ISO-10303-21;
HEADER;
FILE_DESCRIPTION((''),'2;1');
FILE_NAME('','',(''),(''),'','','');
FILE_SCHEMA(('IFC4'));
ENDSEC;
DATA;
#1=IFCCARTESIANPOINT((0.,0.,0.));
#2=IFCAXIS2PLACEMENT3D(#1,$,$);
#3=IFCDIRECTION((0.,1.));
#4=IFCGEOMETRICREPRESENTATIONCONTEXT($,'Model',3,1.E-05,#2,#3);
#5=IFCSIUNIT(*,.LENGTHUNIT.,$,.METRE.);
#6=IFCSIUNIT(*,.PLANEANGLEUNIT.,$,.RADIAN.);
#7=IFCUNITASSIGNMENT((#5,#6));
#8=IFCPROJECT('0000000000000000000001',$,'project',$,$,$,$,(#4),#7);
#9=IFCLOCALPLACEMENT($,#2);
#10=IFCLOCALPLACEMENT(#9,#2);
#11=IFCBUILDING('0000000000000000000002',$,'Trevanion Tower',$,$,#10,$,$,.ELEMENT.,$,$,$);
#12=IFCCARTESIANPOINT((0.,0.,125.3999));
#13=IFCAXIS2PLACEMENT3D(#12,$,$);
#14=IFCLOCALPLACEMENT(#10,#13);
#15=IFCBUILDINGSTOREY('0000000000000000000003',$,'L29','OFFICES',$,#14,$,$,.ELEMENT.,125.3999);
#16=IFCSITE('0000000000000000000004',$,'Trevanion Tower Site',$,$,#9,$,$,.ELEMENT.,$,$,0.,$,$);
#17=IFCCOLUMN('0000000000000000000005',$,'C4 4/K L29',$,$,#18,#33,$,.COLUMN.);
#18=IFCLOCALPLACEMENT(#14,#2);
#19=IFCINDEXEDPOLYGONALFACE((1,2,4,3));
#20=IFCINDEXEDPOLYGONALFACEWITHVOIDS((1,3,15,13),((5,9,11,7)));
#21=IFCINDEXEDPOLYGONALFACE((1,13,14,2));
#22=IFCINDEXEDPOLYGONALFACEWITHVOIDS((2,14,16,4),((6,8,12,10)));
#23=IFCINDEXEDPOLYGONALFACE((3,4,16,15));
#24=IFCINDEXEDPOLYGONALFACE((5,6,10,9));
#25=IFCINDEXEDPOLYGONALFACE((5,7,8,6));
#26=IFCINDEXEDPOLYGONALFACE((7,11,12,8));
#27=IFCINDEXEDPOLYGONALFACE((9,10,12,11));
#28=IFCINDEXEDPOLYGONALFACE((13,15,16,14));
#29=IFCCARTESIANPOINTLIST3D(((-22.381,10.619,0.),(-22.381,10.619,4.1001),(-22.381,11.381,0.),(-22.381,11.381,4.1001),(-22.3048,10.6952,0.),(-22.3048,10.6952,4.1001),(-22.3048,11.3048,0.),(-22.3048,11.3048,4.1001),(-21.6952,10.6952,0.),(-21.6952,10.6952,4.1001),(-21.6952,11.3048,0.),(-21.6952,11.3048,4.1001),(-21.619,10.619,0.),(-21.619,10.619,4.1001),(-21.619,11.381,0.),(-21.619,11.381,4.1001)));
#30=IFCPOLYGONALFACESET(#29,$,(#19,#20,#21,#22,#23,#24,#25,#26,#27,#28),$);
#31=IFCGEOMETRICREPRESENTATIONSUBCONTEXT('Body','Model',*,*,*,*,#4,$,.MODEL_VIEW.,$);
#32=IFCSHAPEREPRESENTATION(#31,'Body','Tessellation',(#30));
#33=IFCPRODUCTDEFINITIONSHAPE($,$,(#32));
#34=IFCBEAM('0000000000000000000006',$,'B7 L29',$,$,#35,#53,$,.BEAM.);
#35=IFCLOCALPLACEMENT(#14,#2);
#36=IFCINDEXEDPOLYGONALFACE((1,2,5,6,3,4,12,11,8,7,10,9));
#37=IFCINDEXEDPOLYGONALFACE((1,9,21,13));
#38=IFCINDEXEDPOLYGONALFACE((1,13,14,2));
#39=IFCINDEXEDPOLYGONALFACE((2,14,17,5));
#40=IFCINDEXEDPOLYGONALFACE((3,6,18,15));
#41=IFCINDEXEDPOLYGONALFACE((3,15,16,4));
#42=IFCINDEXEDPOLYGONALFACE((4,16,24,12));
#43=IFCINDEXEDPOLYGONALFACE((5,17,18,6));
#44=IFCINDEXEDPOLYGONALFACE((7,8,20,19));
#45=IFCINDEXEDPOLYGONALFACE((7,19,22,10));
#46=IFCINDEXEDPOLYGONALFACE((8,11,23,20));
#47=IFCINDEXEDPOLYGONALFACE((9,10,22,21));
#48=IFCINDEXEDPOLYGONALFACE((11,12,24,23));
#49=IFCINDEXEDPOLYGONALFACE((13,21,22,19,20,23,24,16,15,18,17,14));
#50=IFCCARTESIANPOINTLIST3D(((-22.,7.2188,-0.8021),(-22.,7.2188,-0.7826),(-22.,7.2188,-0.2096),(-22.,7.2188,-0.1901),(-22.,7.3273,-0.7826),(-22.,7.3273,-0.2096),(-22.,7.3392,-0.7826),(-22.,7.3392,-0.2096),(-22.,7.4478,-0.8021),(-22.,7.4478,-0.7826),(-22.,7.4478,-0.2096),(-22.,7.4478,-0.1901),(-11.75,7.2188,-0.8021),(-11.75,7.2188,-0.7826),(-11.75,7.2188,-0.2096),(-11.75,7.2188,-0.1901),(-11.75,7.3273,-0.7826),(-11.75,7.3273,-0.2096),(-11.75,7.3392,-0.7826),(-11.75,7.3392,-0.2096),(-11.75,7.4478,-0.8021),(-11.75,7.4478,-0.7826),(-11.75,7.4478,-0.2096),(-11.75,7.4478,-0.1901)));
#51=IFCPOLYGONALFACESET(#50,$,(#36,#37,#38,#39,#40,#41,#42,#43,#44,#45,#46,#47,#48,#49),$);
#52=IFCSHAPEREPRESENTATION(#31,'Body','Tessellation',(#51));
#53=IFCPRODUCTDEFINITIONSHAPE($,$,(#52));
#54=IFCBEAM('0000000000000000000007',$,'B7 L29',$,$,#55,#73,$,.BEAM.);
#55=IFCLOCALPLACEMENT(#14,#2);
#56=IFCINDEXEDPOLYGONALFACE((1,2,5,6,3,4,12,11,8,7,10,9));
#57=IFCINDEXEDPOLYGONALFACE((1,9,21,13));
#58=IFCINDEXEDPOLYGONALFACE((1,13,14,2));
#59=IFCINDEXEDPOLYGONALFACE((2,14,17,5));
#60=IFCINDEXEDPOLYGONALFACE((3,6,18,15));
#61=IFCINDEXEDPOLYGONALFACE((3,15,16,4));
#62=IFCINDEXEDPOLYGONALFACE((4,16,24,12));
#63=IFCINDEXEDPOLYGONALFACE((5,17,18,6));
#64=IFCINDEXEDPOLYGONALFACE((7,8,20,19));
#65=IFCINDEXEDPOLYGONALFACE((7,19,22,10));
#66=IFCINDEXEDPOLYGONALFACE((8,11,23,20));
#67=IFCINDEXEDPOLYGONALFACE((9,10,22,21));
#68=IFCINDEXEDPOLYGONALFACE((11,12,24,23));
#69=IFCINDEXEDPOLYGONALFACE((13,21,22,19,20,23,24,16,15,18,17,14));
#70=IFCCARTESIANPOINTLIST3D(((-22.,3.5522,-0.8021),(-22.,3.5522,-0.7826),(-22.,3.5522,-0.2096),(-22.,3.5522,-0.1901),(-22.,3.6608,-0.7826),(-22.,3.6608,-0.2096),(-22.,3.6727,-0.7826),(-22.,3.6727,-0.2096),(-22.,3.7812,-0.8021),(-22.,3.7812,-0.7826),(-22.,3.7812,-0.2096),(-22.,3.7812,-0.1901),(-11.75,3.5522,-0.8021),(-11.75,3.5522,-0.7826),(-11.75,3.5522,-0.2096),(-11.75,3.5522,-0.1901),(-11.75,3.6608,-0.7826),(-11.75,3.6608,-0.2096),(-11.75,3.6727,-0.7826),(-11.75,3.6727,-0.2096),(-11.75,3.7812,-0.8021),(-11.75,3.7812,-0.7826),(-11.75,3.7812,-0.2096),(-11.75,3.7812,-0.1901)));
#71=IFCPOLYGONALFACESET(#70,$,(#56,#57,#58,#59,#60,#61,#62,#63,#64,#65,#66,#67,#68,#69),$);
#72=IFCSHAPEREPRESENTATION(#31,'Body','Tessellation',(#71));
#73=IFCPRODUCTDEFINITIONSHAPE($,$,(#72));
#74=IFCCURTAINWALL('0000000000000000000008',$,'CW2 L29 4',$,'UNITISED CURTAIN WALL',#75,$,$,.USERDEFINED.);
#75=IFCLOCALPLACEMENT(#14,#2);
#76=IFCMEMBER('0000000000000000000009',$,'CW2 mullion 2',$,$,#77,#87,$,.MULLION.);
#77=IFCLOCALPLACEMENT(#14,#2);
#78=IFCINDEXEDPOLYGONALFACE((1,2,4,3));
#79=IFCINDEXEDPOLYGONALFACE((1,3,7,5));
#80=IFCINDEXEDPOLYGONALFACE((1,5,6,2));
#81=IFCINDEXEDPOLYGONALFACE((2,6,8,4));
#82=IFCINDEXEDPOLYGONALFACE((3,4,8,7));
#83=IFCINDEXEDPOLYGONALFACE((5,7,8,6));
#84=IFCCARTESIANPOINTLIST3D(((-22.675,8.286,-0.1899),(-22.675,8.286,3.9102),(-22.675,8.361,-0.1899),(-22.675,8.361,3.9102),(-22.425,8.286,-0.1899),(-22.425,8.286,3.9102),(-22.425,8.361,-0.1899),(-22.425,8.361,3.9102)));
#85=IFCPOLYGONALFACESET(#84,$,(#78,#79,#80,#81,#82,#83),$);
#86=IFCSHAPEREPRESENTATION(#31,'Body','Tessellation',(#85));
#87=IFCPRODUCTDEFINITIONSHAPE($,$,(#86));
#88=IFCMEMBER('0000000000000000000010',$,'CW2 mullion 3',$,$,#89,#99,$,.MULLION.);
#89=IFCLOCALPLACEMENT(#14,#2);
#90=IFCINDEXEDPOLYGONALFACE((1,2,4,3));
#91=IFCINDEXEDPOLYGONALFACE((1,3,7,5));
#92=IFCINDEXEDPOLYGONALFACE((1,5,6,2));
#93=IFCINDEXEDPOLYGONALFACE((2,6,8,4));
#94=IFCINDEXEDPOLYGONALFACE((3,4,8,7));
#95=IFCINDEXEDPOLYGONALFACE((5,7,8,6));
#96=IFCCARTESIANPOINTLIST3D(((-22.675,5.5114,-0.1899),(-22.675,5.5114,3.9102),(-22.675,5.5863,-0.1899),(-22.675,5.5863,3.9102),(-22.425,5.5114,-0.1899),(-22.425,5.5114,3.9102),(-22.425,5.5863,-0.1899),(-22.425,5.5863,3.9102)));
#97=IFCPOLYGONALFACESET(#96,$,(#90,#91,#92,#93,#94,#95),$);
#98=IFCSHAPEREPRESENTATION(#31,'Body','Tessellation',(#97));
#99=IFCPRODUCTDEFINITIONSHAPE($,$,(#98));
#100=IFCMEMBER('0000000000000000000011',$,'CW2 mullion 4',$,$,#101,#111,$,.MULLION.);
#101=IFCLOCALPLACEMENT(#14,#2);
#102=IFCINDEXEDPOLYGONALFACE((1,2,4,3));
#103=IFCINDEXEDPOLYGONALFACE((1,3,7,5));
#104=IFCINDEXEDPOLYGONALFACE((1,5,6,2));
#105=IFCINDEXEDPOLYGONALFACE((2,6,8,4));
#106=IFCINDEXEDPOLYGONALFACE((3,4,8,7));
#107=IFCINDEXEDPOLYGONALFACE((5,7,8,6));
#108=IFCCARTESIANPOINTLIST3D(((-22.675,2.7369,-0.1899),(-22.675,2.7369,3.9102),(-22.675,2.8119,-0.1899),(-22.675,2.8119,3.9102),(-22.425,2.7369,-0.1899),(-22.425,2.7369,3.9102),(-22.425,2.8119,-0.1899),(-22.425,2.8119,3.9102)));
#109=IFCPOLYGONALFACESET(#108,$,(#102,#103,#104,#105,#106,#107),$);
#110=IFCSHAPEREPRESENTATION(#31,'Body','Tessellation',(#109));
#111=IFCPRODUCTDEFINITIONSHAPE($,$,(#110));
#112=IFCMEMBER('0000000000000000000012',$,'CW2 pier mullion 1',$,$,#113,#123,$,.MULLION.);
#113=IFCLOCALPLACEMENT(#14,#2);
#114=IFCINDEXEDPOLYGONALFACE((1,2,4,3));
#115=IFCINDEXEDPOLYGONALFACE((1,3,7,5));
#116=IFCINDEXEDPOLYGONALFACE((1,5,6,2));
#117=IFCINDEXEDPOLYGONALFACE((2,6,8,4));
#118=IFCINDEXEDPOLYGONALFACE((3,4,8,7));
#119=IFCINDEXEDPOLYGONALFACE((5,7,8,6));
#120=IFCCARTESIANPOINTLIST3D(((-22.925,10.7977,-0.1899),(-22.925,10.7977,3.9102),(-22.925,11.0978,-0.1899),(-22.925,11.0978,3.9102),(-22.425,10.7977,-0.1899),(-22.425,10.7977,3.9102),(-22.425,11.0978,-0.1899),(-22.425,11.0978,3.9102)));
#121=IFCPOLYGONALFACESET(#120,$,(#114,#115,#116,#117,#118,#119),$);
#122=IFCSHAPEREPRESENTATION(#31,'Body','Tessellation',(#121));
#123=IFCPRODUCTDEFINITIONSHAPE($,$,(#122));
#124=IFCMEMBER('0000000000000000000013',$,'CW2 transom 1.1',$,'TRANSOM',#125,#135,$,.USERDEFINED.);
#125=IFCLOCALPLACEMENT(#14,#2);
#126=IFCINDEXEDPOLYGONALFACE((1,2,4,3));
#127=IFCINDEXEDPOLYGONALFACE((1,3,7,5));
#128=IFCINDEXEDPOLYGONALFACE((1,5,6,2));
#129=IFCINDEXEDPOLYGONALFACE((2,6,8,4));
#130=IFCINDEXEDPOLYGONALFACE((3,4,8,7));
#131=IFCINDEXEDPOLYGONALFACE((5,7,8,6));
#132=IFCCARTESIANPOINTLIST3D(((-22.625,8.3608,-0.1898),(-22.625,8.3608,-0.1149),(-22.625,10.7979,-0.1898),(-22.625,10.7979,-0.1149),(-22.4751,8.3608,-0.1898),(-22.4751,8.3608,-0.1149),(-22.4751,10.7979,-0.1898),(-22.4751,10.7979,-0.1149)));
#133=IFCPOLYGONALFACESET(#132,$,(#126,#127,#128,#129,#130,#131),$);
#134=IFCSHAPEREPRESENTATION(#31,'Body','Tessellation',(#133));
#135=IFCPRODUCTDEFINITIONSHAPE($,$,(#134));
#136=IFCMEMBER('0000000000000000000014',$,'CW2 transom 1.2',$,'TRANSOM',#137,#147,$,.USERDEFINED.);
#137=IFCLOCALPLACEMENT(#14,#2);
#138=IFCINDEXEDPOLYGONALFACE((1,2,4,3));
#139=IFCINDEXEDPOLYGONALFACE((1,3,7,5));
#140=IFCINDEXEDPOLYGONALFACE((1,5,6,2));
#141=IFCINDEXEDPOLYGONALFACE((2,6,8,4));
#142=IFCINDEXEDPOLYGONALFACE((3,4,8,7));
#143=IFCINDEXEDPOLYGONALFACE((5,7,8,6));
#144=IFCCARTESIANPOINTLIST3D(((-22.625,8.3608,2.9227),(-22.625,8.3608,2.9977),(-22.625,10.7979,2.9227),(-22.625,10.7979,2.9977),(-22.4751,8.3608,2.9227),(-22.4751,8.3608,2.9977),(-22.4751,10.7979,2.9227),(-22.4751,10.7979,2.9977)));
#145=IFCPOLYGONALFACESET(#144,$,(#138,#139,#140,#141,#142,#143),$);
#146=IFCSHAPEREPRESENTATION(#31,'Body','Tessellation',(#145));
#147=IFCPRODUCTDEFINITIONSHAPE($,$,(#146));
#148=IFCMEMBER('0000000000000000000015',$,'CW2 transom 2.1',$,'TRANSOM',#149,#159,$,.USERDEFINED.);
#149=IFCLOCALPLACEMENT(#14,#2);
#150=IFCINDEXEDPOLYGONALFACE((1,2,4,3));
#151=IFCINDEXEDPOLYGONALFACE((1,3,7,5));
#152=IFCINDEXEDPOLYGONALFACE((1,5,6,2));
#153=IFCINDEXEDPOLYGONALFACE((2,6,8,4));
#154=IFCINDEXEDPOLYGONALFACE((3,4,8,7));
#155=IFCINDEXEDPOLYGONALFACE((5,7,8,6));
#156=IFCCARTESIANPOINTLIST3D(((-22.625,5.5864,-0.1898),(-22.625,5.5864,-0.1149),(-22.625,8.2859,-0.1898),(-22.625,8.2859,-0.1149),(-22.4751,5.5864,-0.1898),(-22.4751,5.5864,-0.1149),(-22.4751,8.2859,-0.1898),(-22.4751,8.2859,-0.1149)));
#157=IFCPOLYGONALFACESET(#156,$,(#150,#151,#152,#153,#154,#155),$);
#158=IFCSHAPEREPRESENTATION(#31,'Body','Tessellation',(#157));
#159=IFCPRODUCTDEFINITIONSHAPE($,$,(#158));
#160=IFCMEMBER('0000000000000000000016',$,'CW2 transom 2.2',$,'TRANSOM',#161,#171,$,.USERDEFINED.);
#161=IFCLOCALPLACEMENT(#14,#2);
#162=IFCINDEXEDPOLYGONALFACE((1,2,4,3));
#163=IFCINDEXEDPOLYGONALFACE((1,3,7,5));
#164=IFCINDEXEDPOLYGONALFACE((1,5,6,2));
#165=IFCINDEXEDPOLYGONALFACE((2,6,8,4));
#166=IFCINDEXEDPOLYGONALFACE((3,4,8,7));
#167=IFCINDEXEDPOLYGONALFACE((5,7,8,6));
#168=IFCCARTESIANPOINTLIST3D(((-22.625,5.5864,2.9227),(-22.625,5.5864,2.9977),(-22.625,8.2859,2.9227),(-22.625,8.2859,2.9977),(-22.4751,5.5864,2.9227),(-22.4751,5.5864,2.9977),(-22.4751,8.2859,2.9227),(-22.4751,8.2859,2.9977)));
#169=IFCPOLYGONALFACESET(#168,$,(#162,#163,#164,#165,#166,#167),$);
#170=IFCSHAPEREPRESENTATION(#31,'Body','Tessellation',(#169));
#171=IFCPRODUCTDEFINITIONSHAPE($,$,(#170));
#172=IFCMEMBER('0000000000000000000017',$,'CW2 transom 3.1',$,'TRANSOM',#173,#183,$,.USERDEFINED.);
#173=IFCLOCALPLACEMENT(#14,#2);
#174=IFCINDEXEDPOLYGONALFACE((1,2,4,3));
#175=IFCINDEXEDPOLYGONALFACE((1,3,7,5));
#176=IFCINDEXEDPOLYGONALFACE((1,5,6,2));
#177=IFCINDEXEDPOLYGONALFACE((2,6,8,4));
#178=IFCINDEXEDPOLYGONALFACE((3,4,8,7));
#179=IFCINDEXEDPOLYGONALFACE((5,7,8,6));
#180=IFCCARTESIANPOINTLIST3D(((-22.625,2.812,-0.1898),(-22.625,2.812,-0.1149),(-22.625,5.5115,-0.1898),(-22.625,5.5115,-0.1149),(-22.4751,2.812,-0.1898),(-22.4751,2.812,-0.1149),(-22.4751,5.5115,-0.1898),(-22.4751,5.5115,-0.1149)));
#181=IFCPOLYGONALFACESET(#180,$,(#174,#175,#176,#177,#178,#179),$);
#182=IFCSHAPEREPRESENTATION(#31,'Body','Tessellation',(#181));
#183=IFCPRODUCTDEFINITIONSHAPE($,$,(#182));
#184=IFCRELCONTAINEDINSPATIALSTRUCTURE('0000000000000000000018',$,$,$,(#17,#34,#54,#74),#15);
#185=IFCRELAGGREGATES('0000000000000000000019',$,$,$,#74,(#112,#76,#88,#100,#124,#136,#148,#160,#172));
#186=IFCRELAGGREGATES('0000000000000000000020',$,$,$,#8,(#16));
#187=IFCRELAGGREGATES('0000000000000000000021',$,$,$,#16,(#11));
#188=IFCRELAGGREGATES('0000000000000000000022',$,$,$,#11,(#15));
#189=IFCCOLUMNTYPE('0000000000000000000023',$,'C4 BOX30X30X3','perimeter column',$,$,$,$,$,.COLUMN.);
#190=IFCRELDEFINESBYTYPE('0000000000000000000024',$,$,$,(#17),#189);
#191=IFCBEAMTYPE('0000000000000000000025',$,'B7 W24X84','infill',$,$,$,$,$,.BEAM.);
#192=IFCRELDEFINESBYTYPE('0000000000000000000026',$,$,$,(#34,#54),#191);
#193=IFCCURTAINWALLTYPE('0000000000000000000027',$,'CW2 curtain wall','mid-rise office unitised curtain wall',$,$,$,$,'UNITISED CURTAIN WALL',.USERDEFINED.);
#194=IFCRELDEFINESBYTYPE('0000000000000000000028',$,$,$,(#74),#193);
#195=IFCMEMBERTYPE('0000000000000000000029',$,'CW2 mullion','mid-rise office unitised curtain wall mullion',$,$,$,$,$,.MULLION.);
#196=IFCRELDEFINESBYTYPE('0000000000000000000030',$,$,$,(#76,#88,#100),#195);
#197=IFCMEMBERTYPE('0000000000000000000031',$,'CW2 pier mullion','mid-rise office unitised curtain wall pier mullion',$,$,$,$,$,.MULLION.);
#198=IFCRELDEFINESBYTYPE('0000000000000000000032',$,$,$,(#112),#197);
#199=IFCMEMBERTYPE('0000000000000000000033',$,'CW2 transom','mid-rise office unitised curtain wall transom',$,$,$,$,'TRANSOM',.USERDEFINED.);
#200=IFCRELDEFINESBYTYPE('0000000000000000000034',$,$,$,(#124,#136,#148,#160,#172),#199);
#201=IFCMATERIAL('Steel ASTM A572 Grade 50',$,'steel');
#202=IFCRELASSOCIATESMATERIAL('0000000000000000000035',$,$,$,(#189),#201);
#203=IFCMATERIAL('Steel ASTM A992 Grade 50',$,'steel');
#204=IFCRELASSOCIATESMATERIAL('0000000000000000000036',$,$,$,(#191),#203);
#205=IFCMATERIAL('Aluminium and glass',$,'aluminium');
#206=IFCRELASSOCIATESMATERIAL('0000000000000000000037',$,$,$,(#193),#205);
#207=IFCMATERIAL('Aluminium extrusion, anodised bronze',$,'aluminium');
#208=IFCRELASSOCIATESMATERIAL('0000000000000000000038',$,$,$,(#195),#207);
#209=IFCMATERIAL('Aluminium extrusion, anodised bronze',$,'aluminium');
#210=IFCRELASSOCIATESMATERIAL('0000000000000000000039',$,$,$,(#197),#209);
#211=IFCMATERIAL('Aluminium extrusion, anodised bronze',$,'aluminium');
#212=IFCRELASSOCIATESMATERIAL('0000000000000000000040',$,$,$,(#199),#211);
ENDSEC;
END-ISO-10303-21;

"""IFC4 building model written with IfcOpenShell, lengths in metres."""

from ifc_helpers import new_model, si_unit, direction, frame, origin, origin_2d, place, context, subcontext, project, spatial, rectangle, hollow_rectangle, i_section, extrude, material, material_profile, profile_set, type_object, element, aggregate, save


model = new_model("IFC4")

# Units and contexts
model_context = context("Model", 3, precision=1e-05, world=origin(), true_north=direction((0.0, 1.0)))
body_context = subcontext(model_context, "Body", "Model", "MODEL_VIEW")
ifc_project = project(units=[si_unit("LENGTHUNIT", "METRE"), si_unit("PLANEANGLEUNIT", "RADIAN")], contexts=[model_context])

# Site, building, storey
site_placement = place(None, origin())
site = spatial("IfcSite", under=ifc_project, at=site_placement, Name="Trevanion Tower Site", CompositionType="ELEMENT", RefElevation=0.0)
building_placement = place(site_placement, origin())
building = spatial("IfcBuilding", under=site, at=building_placement, Name="Trevanion Tower", CompositionType="ELEMENT")
storey_placement = place(building_placement, frame((0.0, 0.0, 125.3999)))
storey = spatial("IfcBuildingStorey", under=building, at=storey_placement, Name="L29", Description="OFFICES", CompositionType="ELEMENT", Elevation=125.3999)

# Column
ifc_material_1 = material(Name="Steel ASTM A572 Grade 50", Category="steel")
ifc_material_profile_1 = material_profile(ifc_material_1, hollow_rectangle(XDim=0.762, YDim=0.762, WallThickness=0.0762, at=origin_2d()), Name="BOX30X30X3")
ifc_profile_set_1 = profile_set([ifc_material_profile_1], Name="Steel ASTM A572 Grade 50")
column_type = type_object("IfcColumnType", Name="C4 BOX30X30X3", Description="perimeter column", PredefinedType="COLUMN", material=ifc_profile_set_1)
column_placement = place(storey_placement, frame((-22.0, 11.0, 0.0), z_axis=(0.0, 0.0, 1.0), x_axis=(0.0, 1.0, 0.0)))
element("IfcColumn", 1, at=column_placement, inside=storey, type_object=column_type, Name="C4 4/K L29", PredefinedType="COLUMN", context=body_context, shape_type="SweptSolid", body=[
    extrude(hollow_rectangle(XDim=0.762, YDim=0.762, WallThickness=0.0762, at=origin_2d()), origin(), (0.0, 0.0, 1.0), 4.1001),
])

# Beams
ifc_material_2 = material(Name="Steel ASTM A992 Grade 50", Category="steel")
ifc_material_profile_2 = material_profile(ifc_material_2, i_section(OverallWidth=0.229, OverallDepth=0.6121, WebThickness=0.012, FlangeThickness=0.0195, at=origin_2d()), Name="W24X84")
ifc_profile_set_2 = profile_set([ifc_material_profile_2], Name="Steel ASTM A992 Grade 50")
beam_type_1 = type_object("IfcBeamType", Name="B7 W24X84", Description="infill", PredefinedType="BEAM", material=ifc_profile_set_2)
for number, where, z_axis, x_axis, name in (
    (2, (-11.75, 7.3333, -0.4961), (-1.0, 0.0, 0.0), (0.0, -1.0, 0.0), "B7 L29"),
    (3, (-11.75, 3.6667, -0.4961), (-1.0, 0.0, 0.0), (0.0, -1.0, 0.0), "B7 L29"),
):
    element("IfcBeam", number, at=place(storey_placement, frame(where, z_axis=z_axis, x_axis=x_axis)), inside=storey, type_object=beam_type_1, Name=name, PredefinedType="BEAM", context=body_context, shape_type="SweptSolid", body=[
        extrude(i_section(OverallWidth=0.229, OverallDepth=0.6121, WebThickness=0.012, FlangeThickness=0.0195, at=origin_2d()), origin(), (0.0, 0.0, 1.0), 10.25),
    ])

# Curtain wall, members
ifc_material_3 = material(Name="Aluminium and glass", Category="aluminium")
curtain_wall_type = type_object("IfcCurtainWallType", Name="CW2 curtain wall", Description="mid-rise office unitised curtain wall", ElementType="UNITISED CURTAIN WALL", PredefinedType="USERDEFINED", material=ifc_material_3)
curtain_wall_placement = place(storey_placement, origin())
curtain_wall = element("IfcCurtainWall", 4, at=curtain_wall_placement, inside=storey, type_object=curtain_wall_type, Name="CW2 L29 4", ObjectType="UNITISED CURTAIN WALL", PredefinedType="USERDEFINED")
ifc_material_4 = material(Name="Aluminium extrusion, anodised bronze", Category="aluminium")
ifc_material_profile_3 = material_profile(ifc_material_4, rectangle(XDim=0.075, YDim=0.25, at=origin_2d()), Name="CW2 mullion")
ifc_profile_set_3 = profile_set([ifc_material_profile_3], Name="Aluminium extrusion, anodised bronze")
member_type_1 = type_object("IfcMemberType", Name="CW2 mullion", Description="mid-rise office unitised curtain wall mullion", PredefinedType="MULLION", material=ifc_profile_set_3)
member_1_placement = place(storey_placement, frame((-22.55, 8.3235, -0.1899), z_axis=(0.0, 0.0, 1.0), x_axis=(0.0, -1.0, 0.0)))
member_1 = element("IfcMember", 5, at=member_1_placement, type_object=member_type_1, Name="CW2 mullion 2", PredefinedType="MULLION", context=body_context, shape_type="SweptSolid", body=[
    extrude(rectangle(XDim=0.075, YDim=0.25, at=origin_2d()), origin(), (0.0, 0.0, 1.0), 4.1001),
])
member_2_placement = place(storey_placement, frame((-22.55, 5.5488, -0.1899), z_axis=(0.0, 0.0, 1.0), x_axis=(0.0, -1.0, 0.0)))
member_2 = element("IfcMember", 6, at=member_2_placement, type_object=member_type_1, Name="CW2 mullion 3", PredefinedType="MULLION", context=body_context, shape_type="SweptSolid", body=[
    extrude(rectangle(XDim=0.075, YDim=0.25, at=origin_2d()), origin(), (0.0, 0.0, 1.0), 4.1001),
])
member_3_placement = place(storey_placement, frame((-22.55, 2.7744, -0.1899), z_axis=(0.0, 0.0, 1.0), x_axis=(0.0, -1.0, 0.0)))
member_3 = element("IfcMember", 7, at=member_3_placement, type_object=member_type_1, Name="CW2 mullion 4", PredefinedType="MULLION", context=body_context, shape_type="SweptSolid", body=[
    extrude(rectangle(XDim=0.075, YDim=0.25, at=origin_2d()), origin(), (0.0, 0.0, 1.0), 4.1001),
])
ifc_material_5 = material(Name="Aluminium extrusion, anodised bronze", Category="aluminium")
ifc_material_profile_4 = material_profile(ifc_material_5, rectangle(XDim=0.3, YDim=0.5, at=origin_2d()), Name="CW2 pier mullion")
ifc_profile_set_4 = profile_set([ifc_material_profile_4], Name="Aluminium extrusion, anodised bronze")
member_type_2 = type_object("IfcMemberType", Name="CW2 pier mullion", Description="mid-rise office unitised curtain wall pier mullion", PredefinedType="MULLION", material=ifc_profile_set_4)
member_4_placement = place(storey_placement, frame((-22.675, 10.9478, -0.1899), z_axis=(0.0, 0.0, 1.0), x_axis=(0.0, -1.0, 0.0)))
member_4 = element("IfcMember", 8, at=member_4_placement, type_object=member_type_2, Name="CW2 pier mullion 1", PredefinedType="MULLION", context=body_context, shape_type="SweptSolid", body=[
    extrude(rectangle(XDim=0.3, YDim=0.5, at=origin_2d()), origin(), (0.0, 0.0, 1.0), 4.1001),
])
ifc_material_6 = material(Name="Aluminium extrusion, anodised bronze", Category="aluminium")
ifc_material_profile_5 = material_profile(ifc_material_6, rectangle(XDim=0.1499, YDim=0.075, at=origin_2d()), Name="CW2 transom")
ifc_profile_set_5 = profile_set([ifc_material_profile_5], Name="Aluminium extrusion, anodised bronze")
member_type_3 = type_object("IfcMemberType", Name="CW2 transom", Description="mid-rise office unitised curtain wall transom", ElementType="TRANSOM", PredefinedType="USERDEFINED", material=ifc_profile_set_5)
member_5_placement = place(storey_placement, frame((-22.55, 10.7979, -0.1523), z_axis=(0.0, -1.0, 0.0), x_axis=(1.0, 0.0, 0.0)))
member_5 = element("IfcMember", 9, at=member_5_placement, type_object=member_type_3, Name="CW2 transom 1.1", ObjectType="TRANSOM", PredefinedType="USERDEFINED", context=body_context, shape_type="SweptSolid", body=[
    extrude(rectangle(XDim=0.1499, YDim=0.075, at=origin_2d()), origin(), (0.0, 0.0, 1.0), 2.437),
])
member_6_placement = place(storey_placement, frame((-22.55, 10.7979, 2.9602), z_axis=(0.0, -1.0, 0.0), x_axis=(1.0, 0.0, 0.0)))
member_6 = element("IfcMember", 10, at=member_6_placement, type_object=member_type_3, Name="CW2 transom 1.2", ObjectType="TRANSOM", PredefinedType="USERDEFINED", context=body_context, shape_type="SweptSolid", body=[
    extrude(rectangle(XDim=0.1499, YDim=0.075, at=origin_2d()), origin(), (0.0, 0.0, 1.0), 2.437),
])
member_7_placement = place(storey_placement, frame((-22.55, 8.2859, -0.1523), z_axis=(0.0, -1.0, 0.0), x_axis=(1.0, 0.0, 0.0)))
member_7 = element("IfcMember", 11, at=member_7_placement, type_object=member_type_3, Name="CW2 transom 2.1", ObjectType="TRANSOM", PredefinedType="USERDEFINED", context=body_context, shape_type="SweptSolid", body=[
    extrude(rectangle(XDim=0.1499, YDim=0.075, at=origin_2d()), origin(), (0.0, 0.0, 1.0), 2.6995),
])
member_8_placement = place(storey_placement, frame((-22.55, 8.2859, 2.9602), z_axis=(0.0, -1.0, 0.0), x_axis=(1.0, 0.0, 0.0)))
member_8 = element("IfcMember", 12, at=member_8_placement, type_object=member_type_3, Name="CW2 transom 2.2", ObjectType="TRANSOM", PredefinedType="USERDEFINED", context=body_context, shape_type="SweptSolid", body=[
    extrude(rectangle(XDim=0.1499, YDim=0.075, at=origin_2d()), origin(), (0.0, 0.0, 1.0), 2.6995),
])
member_9_placement = place(storey_placement, frame((-22.55, 5.5115, -0.1523), z_axis=(0.0, -1.0, 0.0), x_axis=(1.0, 0.0, 0.0)))
member_9 = element("IfcMember", 13, at=member_9_placement, type_object=member_type_3, Name="CW2 transom 3.1", ObjectType="TRANSOM", PredefinedType="USERDEFINED", context=body_context, shape_type="SweptSolid", body=[
    extrude(rectangle(XDim=0.1499, YDim=0.075, at=origin_2d()), origin(), (0.0, 0.0, 1.0), 2.6995),
])

aggregate(curtain_wall, [member_4, member_1, member_2, member_3, member_5, member_6, member_7, member_8, member_9])

save(model, "model.ifc")
